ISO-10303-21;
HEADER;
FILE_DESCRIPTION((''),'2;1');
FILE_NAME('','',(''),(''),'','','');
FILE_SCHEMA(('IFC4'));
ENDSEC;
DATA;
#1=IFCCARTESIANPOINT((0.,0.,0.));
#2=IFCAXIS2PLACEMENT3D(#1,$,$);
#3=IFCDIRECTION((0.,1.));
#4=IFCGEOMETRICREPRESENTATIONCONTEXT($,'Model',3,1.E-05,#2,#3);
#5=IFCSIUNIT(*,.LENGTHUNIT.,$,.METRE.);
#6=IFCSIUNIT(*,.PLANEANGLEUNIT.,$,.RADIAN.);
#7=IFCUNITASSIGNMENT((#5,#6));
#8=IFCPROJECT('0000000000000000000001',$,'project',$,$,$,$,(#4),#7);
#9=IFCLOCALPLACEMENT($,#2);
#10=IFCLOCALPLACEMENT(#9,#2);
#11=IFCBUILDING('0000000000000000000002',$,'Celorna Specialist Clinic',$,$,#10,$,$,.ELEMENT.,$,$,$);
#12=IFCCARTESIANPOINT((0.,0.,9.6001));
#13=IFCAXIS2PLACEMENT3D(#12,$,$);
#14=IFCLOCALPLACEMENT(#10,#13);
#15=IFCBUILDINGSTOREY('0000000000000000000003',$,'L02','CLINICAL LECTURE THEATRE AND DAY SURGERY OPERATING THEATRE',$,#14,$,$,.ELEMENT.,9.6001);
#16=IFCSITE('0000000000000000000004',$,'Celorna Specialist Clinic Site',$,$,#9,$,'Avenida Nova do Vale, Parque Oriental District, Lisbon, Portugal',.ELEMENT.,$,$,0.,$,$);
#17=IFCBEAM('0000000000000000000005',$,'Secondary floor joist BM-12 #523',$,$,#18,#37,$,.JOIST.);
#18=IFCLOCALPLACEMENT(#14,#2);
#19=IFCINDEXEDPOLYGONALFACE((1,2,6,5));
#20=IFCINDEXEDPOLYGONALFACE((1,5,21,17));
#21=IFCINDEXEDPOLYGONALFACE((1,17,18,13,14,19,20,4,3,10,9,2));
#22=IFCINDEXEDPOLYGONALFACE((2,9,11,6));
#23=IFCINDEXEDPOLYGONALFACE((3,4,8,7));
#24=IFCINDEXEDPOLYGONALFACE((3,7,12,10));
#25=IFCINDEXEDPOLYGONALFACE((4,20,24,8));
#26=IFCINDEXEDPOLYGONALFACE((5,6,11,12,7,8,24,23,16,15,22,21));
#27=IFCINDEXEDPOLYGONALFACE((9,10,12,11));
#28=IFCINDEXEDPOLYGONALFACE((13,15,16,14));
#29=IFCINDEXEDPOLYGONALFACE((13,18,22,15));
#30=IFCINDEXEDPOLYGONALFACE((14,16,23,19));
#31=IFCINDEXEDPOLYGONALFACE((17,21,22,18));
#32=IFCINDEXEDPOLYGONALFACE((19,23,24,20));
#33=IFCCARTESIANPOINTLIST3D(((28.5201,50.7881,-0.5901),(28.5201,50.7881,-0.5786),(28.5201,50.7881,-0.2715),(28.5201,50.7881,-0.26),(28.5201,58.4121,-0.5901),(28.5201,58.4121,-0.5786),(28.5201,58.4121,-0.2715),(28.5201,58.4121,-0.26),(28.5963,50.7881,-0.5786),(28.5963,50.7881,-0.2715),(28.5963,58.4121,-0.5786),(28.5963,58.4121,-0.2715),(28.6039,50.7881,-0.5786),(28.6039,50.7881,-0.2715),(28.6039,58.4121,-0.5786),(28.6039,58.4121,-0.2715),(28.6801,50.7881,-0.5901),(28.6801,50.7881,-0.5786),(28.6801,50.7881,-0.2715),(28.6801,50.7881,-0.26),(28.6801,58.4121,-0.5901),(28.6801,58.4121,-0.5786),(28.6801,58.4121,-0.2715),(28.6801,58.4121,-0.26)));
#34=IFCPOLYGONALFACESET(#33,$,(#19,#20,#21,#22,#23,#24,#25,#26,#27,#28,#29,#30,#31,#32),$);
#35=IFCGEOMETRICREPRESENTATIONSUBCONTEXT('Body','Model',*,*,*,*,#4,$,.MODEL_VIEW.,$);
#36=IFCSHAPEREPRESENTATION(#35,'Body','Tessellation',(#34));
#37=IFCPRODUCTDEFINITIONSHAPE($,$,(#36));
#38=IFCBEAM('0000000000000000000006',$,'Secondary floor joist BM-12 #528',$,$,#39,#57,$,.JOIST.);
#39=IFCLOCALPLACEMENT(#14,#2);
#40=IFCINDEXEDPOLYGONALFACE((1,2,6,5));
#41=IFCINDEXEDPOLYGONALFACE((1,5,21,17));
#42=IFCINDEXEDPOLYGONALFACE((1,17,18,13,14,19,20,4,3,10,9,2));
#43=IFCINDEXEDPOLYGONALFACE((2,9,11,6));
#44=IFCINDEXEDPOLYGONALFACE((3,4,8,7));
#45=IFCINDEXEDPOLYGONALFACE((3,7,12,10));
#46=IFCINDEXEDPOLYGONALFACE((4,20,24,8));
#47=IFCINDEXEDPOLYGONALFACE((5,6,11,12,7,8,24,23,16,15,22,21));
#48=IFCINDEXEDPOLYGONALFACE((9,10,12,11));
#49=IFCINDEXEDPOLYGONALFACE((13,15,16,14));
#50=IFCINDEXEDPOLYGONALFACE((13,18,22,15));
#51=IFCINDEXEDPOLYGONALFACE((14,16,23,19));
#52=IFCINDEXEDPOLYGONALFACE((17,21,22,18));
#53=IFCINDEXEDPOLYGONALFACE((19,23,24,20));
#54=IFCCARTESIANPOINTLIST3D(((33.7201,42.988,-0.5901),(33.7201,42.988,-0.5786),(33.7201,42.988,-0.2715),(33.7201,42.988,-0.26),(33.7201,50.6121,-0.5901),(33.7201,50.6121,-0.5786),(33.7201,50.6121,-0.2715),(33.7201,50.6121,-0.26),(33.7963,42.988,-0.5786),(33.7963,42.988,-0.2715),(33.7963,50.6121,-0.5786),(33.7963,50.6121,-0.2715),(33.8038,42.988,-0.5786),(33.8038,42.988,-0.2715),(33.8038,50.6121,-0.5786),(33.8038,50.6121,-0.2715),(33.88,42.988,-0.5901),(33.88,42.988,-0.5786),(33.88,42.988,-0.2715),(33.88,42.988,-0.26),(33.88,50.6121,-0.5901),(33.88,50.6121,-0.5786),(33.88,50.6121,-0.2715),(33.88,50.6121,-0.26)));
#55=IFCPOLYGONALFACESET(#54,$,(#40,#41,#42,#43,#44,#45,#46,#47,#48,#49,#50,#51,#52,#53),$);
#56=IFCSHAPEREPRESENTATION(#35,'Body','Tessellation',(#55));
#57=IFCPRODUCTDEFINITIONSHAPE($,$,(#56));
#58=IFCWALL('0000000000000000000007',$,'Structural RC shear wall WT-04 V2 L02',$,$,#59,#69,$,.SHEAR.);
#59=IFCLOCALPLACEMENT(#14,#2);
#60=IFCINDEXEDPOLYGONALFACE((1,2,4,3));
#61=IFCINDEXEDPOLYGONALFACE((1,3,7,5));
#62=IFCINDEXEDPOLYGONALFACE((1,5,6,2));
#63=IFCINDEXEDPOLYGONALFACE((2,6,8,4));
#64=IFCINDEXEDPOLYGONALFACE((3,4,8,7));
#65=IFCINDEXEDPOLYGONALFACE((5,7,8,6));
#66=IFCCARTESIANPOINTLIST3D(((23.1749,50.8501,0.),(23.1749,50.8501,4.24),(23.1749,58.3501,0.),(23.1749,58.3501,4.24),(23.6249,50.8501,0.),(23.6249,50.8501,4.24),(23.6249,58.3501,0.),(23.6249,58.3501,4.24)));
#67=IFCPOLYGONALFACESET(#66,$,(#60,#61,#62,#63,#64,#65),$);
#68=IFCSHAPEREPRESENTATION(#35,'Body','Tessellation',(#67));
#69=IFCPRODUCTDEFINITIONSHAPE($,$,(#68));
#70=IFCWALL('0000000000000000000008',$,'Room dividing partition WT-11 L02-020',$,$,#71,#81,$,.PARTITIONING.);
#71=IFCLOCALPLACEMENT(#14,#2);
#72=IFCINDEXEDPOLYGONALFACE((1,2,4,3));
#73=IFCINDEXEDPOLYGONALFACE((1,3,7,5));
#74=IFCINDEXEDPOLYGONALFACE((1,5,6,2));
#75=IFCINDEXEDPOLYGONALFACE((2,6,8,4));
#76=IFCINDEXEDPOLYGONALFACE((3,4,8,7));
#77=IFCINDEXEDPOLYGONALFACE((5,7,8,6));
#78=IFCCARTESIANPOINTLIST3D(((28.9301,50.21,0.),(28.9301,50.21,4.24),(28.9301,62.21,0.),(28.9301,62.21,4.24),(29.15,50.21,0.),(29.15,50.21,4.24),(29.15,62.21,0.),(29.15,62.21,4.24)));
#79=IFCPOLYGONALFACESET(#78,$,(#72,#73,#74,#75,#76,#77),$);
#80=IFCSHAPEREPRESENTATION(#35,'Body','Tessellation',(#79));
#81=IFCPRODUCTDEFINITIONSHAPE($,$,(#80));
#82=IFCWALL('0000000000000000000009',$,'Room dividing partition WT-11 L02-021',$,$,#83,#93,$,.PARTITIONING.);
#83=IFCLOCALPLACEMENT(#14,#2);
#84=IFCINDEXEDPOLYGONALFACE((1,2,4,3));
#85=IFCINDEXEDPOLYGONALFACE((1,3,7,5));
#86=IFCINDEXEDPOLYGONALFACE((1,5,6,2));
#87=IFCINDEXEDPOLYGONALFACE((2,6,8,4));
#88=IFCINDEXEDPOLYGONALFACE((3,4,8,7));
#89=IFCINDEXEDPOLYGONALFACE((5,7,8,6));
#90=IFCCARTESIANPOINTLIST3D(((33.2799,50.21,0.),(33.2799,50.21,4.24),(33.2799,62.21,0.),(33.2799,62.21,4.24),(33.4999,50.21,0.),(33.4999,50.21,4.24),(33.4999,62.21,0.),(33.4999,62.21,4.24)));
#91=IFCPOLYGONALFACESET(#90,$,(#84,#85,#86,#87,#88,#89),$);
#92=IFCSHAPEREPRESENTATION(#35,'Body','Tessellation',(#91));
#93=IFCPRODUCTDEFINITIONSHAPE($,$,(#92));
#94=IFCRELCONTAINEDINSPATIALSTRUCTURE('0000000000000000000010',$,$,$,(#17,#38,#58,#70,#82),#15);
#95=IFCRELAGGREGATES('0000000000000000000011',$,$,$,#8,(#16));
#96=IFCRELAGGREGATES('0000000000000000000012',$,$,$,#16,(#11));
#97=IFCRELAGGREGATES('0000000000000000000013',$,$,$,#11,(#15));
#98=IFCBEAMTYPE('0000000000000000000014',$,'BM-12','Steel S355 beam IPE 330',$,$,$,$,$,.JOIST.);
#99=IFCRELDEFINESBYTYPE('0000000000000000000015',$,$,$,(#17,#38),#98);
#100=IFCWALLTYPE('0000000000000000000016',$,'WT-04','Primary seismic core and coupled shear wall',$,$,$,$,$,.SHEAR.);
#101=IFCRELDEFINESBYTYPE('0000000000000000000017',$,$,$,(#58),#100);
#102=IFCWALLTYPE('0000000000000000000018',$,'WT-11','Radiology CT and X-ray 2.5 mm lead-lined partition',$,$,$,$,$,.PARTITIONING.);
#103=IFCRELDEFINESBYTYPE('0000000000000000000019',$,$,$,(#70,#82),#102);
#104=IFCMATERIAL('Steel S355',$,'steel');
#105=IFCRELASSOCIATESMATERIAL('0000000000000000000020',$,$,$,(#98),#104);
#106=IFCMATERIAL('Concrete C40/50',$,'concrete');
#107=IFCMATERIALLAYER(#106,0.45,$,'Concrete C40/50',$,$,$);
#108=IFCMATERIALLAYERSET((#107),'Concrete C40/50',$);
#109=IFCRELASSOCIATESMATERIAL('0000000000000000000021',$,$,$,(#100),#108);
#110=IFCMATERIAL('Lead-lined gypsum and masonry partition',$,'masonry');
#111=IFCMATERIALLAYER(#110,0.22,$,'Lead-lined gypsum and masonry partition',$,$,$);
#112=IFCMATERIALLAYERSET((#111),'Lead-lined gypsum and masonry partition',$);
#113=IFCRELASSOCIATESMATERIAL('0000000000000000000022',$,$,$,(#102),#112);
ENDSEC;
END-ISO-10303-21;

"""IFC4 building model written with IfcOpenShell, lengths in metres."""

from ifc_helpers import new_model, si_unit, direction, frame, frame_2d, origin, origin_2d, place, context, subcontext, project, spatial, rectangle, i_section, extrude, material, layer, layer_set, material_profile, profile_set, type_object, element, save


model = new_model("IFC4")

# Units and contexts
model_context = context("Model", 3, precision=1e-05, world=origin(), true_north=direction((0.0, 1.0)))
body_context = subcontext(model_context, "Body", "Model", "MODEL_VIEW")
ifc_project = project(units=[si_unit("LENGTHUNIT", "METRE"), si_unit("PLANEANGLEUNIT", "RADIAN")], contexts=[model_context])

# Site, building, storey
site_placement = place(None, origin())
site = spatial("IfcSite", under=ifc_project, at=site_placement, Name="Celorna Specialist Clinic Site", LongName="Avenida Nova do Vale, Parque Oriental District, Lisbon, Portugal", CompositionType="ELEMENT", RefElevation=0.0)
building_placement = place(site_placement, origin())
building = spatial("IfcBuilding", under=site, at=building_placement, Name="Celorna Specialist Clinic", CompositionType="ELEMENT")
storey_placement = place(building_placement, frame((0.0, 0.0, 9.6001)))
storey = spatial("IfcBuildingStorey", under=building, at=storey_placement, Name="L02", Description="CLINICAL LECTURE THEATRE AND DAY SURGERY OPERATING THEATRE", CompositionType="ELEMENT", Elevation=9.6001)

# Beams
ifc_material_1 = material(Name="Steel S355", Category="steel")
ifc_material_profile_1 = material_profile(ifc_material_1, i_section(OverallWidth=0.1599, OverallDepth=0.3301, WebThickness=0.0076, FlangeThickness=0.0115, at=origin_2d()), Name="IPE 330")
ifc_profile_set_1 = profile_set([ifc_material_profile_1], Name="Steel S355")
beam_type_1 = type_object("IfcBeamType", Name="BM-12", Description="Steel S355 beam IPE 330", PredefinedType="JOIST", material=ifc_profile_set_1)
for number, where, z_axis, x_axis, name in (
    (1, (28.6001, 50.7881, -0.425), (0.0, 1.0, 0.0), (-1.0, 0.0, 0.0), "Secondary floor joist BM-12 #523"),
    (2, (33.8, 42.988, -0.425), (0.0, 1.0, 0.0), (-1.0, 0.0, 0.0), "Secondary floor joist BM-12 #528"),
):
    element("IfcBeam", number, at=place(storey_placement, frame(where, z_axis=z_axis, x_axis=x_axis)), inside=storey, type_object=beam_type_1, Name=name, PredefinedType="JOIST", context=body_context, shape_type="SweptSolid", body=[
        extrude(i_section(OverallWidth=0.1599, OverallDepth=0.3301, WebThickness=0.0076, FlangeThickness=0.0115, at=origin_2d()), origin(), (0.0, 0.0, 1.0), 7.624),
    ])

# Wall
ifc_material_2 = material(Name="Concrete C40/50", Category="concrete")
ifc_layer_1 = layer(ifc_material_2, 0.45, Name="Concrete C40/50")
ifc_layer_set_1 = layer_set([ifc_layer_1], Name="Concrete C40/50")
wall_type_1 = type_object("IfcWallType", Name="WT-04", Description="Primary seismic core and coupled shear wall", PredefinedType="SHEAR", material=ifc_layer_set_1)
wall_1_placement = place(storey_placement, frame((23.3999, 50.8501, 0.0), z_axis=(0.0, 0.0, 1.0), x_axis=(0.0, 1.0, 0.0)))
element("IfcWall", 3, at=wall_1_placement, inside=storey, type_object=wall_type_1, Name="Structural RC shear wall WT-04 V2 L02", PredefinedType="SHEAR", context=body_context, shape_type="SweptSolid", body=[
    extrude(rectangle(XDim=7.5, YDim=0.45, at=frame_2d((3.75, 0.0))), origin(), (0.0, 0.0, 1.0), 4.24),
])

# Shared definitions
ifc_material_3 = material(Name="Lead-lined gypsum and masonry partition", Category="masonry")
ifc_layer_2 = layer(ifc_material_3, 0.22, Name="Lead-lined gypsum and masonry partition")
ifc_layer_set_2 = layer_set([ifc_layer_2], Name="Lead-lined gypsum and masonry partition")
wall_type_2 = type_object("IfcWallType", Name="WT-11", Description="Radiology CT and X-ray 2.5 mm lead-lined partition", PredefinedType="PARTITIONING", material=ifc_layer_set_2)

# Walls
for number, where, z_axis, x_axis, name in (
    (4, (29.04, 50.21, 0.0), (0.0, 0.0, 1.0), (0.0, 1.0, 0.0), "Room dividing partition WT-11 L02-020"),
    (5, (33.3899, 50.21, 0.0), (0.0, 0.0, 1.0), (0.0, 1.0, 0.0), "Room dividing partition WT-11 L02-021"),
):
    element("IfcWall", number, at=place(storey_placement, frame(where, z_axis=z_axis, x_axis=x_axis)), inside=storey, type_object=wall_type_2, Name=name, PredefinedType="PARTITIONING", context=body_context, shape_type="SweptSolid", body=[
        extrude(rectangle(XDim=12.0, YDim=0.22, at=frame_2d((6.0, 0.0))), origin(), (0.0, 0.0, 1.0), 4.24),
    ])

save(model, "model.ifc")
